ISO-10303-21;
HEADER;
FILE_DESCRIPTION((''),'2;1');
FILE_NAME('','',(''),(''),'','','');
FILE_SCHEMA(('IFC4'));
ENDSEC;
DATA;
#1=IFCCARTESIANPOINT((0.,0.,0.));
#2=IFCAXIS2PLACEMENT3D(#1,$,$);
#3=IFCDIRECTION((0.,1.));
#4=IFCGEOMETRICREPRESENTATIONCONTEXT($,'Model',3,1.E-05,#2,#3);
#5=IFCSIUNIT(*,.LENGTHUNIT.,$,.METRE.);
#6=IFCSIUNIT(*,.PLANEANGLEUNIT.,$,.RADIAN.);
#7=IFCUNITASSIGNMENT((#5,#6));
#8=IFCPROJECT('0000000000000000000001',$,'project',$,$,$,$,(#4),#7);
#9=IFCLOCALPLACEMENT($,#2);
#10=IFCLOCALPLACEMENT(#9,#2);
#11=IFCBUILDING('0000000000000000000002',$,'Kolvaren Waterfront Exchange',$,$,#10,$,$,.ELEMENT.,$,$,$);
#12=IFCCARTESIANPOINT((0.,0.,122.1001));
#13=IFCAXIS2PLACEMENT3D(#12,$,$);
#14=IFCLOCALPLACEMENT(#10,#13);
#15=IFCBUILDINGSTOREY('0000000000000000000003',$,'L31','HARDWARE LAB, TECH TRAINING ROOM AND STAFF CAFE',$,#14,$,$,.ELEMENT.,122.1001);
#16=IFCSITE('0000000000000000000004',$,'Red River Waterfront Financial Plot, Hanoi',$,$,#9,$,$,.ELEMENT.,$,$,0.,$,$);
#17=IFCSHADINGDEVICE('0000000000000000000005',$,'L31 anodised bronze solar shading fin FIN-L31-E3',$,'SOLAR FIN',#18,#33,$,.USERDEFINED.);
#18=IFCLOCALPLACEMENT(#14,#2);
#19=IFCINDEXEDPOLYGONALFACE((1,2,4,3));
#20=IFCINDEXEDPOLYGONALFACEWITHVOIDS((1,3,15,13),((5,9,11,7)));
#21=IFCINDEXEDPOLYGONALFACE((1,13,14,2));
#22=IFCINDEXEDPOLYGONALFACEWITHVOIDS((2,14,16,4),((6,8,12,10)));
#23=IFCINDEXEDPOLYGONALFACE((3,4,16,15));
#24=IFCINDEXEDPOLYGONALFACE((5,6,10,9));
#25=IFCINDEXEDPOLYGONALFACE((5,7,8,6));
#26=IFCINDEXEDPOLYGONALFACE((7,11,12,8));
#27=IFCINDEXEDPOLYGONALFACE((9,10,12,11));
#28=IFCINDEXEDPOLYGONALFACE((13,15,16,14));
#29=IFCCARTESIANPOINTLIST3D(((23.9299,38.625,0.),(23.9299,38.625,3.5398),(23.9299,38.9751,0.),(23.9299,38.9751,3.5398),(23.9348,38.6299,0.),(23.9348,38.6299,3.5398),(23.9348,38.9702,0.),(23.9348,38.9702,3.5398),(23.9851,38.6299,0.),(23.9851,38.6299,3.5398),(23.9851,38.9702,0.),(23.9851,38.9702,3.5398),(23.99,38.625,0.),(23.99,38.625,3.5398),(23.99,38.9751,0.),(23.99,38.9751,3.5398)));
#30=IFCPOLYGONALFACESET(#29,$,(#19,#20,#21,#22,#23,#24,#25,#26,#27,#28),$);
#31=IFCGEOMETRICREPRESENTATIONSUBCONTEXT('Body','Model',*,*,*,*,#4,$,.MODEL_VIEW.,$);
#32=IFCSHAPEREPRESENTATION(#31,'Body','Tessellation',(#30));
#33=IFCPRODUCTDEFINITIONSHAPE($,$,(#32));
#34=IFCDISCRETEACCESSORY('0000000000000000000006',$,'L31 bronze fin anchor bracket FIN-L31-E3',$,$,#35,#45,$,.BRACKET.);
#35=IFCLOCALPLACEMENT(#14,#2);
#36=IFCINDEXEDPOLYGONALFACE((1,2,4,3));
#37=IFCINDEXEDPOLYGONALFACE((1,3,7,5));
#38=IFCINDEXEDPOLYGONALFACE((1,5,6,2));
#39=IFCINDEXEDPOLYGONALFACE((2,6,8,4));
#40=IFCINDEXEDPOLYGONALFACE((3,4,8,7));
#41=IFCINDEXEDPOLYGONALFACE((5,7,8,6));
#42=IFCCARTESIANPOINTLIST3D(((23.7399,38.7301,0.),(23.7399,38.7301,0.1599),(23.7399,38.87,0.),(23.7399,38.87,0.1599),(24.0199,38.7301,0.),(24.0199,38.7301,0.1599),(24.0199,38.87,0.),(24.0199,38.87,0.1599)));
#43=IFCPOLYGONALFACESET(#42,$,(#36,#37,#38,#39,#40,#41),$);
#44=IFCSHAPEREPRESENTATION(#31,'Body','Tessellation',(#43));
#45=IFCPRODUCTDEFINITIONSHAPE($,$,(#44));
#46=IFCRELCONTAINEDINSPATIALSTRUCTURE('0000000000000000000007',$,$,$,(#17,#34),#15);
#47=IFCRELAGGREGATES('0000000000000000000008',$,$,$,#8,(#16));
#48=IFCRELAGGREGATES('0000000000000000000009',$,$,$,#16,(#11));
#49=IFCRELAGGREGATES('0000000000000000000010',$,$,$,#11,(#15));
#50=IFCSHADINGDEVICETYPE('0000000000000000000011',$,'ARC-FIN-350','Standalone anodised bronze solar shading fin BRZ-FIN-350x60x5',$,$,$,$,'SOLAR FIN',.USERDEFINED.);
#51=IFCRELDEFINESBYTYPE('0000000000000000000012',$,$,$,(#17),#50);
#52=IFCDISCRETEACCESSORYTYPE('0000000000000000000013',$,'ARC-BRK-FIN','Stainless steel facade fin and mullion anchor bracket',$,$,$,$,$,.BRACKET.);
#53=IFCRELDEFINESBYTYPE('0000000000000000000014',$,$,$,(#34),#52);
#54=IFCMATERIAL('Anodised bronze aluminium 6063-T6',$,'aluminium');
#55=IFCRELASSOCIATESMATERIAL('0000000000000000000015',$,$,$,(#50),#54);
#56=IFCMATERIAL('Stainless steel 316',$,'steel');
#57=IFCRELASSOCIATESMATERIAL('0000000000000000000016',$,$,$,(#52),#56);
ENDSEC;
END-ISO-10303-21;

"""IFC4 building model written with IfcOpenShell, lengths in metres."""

from ifc_helpers import new_model, si_unit, direction, frame, origin, origin_with_axes, origin_2d, place, context, subcontext, project, spatial, rectangle, hollow_rectangle, extrude, source, transform, mapped, material, material_profile, profile_set, type_object, element, save


model = new_model("IFC4")

# Units and contexts
model_context = context("Model", 3, precision=1e-05, world=origin(), true_north=direction((0.0, 1.0)))
body_context = subcontext(model_context, "Body", "Model", "MODEL_VIEW")
ifc_project = project(units=[si_unit("LENGTHUNIT", "METRE"), si_unit("PLANEANGLEUNIT", "RADIAN")], contexts=[model_context])

# Site, building, storey
site_placement = place(None, origin())
site = spatial("IfcSite", under=ifc_project, at=site_placement, Name="Red River Waterfront Financial Plot, Hanoi", CompositionType="ELEMENT", RefElevation=0.0)
building_placement = place(site_placement, origin())
building = spatial("IfcBuilding", under=site, at=building_placement, Name="Kolvaren Waterfront Exchange", CompositionType="ELEMENT")
storey_placement = place(building_placement, frame((0.0, 0.0, 122.1001)))
storey = spatial("IfcBuildingStorey", under=building, at=storey_placement, Name="L31", Description="HARDWARE LAB, TECH TRAINING ROOM AND STAFF CAFE", CompositionType="ELEMENT", Elevation=122.1001)

# Shared definitions
ifc_material_1 = material(Name="Anodised bronze aluminium 6063-T6", Category="aluminium")

# Shading device
ifc_material_profile_1 = material_profile(ifc_material_1, hollow_rectangle(XDim=0.0601, YDim=0.3501, WallThickness=0.0049, at=origin_2d()), Name="BRZ-FIN-350x60x5")
ifc_profile_set_1 = profile_set([ifc_material_profile_1], Name="Anodised bronze aluminium 6063-T6")
shading_device_type = type_object("IfcShadingDeviceType", Name="ARC-FIN-350", Description="Standalone anodised bronze solar shading fin BRZ-FIN-350x60x5", ElementType="SOLAR FIN", PredefinedType="USERDEFINED", material=ifc_profile_set_1)
shading_device_placement = place(storey_placement, frame((23.96, 38.8, 0.0), z_axis=(0.0, 0.0, 1.0), x_axis=(1.0, 0.0, 0.0)))
element("IfcShadingDevice", 1, at=shading_device_placement, inside=storey, type_object=shading_device_type, Name="L31 anodised bronze solar shading fin FIN-L31-E3", ObjectType="SOLAR FIN", PredefinedType="USERDEFINED", context=body_context, shape_type="SweptSolid", body=[
    extrude(hollow_rectangle(XDim=0.0601, YDim=0.3501, WallThickness=0.0049, at=origin_2d()), origin(), (0.0, 0.0, 1.0), 3.5398),
])

# Discrete accessory
ifc_material_2 = material(Name="Stainless steel 316", Category="steel")
discrete_accessory_type = type_object("IfcDiscreteAccessoryType", Name="ARC-BRK-FIN", Description="Stainless steel facade fin and mullion anchor bracket", PredefinedType="BRACKET", material=ifc_material_2)
shared_shape_1 = source(origin_with_axes(), body_context, "Body", "SweptSolid", [
    extrude(rectangle(XDim=0.28, YDim=0.1399, at=origin_2d()), origin(), (0.0, 0.0, 1.0), 0.1599),
])
discrete_accessory_placement = place(storey_placement, frame((23.8799, 38.8, 0.0), z_axis=(0.0, 0.0, 1.0), x_axis=(1.0, 0.0, 0.0)))
element("IfcDiscreteAccessory", 2, at=discrete_accessory_placement, inside=storey, type_object=discrete_accessory_type, Name="L31 bronze fin anchor bracket FIN-L31-E3", PredefinedType="BRACKET", context=body_context, shape_type="MappedRepresentation", body=[
    mapped(shared_shape_1, transform((0.0, 0.0, 0.0), x_axis=(1.0, 0.0, 0.0), y_axis=(0.0, 1.0, 0.0), z_axis=(0.0, 0.0, 1.0), scale=1.0)),
])

save(model, "model.ifc")
